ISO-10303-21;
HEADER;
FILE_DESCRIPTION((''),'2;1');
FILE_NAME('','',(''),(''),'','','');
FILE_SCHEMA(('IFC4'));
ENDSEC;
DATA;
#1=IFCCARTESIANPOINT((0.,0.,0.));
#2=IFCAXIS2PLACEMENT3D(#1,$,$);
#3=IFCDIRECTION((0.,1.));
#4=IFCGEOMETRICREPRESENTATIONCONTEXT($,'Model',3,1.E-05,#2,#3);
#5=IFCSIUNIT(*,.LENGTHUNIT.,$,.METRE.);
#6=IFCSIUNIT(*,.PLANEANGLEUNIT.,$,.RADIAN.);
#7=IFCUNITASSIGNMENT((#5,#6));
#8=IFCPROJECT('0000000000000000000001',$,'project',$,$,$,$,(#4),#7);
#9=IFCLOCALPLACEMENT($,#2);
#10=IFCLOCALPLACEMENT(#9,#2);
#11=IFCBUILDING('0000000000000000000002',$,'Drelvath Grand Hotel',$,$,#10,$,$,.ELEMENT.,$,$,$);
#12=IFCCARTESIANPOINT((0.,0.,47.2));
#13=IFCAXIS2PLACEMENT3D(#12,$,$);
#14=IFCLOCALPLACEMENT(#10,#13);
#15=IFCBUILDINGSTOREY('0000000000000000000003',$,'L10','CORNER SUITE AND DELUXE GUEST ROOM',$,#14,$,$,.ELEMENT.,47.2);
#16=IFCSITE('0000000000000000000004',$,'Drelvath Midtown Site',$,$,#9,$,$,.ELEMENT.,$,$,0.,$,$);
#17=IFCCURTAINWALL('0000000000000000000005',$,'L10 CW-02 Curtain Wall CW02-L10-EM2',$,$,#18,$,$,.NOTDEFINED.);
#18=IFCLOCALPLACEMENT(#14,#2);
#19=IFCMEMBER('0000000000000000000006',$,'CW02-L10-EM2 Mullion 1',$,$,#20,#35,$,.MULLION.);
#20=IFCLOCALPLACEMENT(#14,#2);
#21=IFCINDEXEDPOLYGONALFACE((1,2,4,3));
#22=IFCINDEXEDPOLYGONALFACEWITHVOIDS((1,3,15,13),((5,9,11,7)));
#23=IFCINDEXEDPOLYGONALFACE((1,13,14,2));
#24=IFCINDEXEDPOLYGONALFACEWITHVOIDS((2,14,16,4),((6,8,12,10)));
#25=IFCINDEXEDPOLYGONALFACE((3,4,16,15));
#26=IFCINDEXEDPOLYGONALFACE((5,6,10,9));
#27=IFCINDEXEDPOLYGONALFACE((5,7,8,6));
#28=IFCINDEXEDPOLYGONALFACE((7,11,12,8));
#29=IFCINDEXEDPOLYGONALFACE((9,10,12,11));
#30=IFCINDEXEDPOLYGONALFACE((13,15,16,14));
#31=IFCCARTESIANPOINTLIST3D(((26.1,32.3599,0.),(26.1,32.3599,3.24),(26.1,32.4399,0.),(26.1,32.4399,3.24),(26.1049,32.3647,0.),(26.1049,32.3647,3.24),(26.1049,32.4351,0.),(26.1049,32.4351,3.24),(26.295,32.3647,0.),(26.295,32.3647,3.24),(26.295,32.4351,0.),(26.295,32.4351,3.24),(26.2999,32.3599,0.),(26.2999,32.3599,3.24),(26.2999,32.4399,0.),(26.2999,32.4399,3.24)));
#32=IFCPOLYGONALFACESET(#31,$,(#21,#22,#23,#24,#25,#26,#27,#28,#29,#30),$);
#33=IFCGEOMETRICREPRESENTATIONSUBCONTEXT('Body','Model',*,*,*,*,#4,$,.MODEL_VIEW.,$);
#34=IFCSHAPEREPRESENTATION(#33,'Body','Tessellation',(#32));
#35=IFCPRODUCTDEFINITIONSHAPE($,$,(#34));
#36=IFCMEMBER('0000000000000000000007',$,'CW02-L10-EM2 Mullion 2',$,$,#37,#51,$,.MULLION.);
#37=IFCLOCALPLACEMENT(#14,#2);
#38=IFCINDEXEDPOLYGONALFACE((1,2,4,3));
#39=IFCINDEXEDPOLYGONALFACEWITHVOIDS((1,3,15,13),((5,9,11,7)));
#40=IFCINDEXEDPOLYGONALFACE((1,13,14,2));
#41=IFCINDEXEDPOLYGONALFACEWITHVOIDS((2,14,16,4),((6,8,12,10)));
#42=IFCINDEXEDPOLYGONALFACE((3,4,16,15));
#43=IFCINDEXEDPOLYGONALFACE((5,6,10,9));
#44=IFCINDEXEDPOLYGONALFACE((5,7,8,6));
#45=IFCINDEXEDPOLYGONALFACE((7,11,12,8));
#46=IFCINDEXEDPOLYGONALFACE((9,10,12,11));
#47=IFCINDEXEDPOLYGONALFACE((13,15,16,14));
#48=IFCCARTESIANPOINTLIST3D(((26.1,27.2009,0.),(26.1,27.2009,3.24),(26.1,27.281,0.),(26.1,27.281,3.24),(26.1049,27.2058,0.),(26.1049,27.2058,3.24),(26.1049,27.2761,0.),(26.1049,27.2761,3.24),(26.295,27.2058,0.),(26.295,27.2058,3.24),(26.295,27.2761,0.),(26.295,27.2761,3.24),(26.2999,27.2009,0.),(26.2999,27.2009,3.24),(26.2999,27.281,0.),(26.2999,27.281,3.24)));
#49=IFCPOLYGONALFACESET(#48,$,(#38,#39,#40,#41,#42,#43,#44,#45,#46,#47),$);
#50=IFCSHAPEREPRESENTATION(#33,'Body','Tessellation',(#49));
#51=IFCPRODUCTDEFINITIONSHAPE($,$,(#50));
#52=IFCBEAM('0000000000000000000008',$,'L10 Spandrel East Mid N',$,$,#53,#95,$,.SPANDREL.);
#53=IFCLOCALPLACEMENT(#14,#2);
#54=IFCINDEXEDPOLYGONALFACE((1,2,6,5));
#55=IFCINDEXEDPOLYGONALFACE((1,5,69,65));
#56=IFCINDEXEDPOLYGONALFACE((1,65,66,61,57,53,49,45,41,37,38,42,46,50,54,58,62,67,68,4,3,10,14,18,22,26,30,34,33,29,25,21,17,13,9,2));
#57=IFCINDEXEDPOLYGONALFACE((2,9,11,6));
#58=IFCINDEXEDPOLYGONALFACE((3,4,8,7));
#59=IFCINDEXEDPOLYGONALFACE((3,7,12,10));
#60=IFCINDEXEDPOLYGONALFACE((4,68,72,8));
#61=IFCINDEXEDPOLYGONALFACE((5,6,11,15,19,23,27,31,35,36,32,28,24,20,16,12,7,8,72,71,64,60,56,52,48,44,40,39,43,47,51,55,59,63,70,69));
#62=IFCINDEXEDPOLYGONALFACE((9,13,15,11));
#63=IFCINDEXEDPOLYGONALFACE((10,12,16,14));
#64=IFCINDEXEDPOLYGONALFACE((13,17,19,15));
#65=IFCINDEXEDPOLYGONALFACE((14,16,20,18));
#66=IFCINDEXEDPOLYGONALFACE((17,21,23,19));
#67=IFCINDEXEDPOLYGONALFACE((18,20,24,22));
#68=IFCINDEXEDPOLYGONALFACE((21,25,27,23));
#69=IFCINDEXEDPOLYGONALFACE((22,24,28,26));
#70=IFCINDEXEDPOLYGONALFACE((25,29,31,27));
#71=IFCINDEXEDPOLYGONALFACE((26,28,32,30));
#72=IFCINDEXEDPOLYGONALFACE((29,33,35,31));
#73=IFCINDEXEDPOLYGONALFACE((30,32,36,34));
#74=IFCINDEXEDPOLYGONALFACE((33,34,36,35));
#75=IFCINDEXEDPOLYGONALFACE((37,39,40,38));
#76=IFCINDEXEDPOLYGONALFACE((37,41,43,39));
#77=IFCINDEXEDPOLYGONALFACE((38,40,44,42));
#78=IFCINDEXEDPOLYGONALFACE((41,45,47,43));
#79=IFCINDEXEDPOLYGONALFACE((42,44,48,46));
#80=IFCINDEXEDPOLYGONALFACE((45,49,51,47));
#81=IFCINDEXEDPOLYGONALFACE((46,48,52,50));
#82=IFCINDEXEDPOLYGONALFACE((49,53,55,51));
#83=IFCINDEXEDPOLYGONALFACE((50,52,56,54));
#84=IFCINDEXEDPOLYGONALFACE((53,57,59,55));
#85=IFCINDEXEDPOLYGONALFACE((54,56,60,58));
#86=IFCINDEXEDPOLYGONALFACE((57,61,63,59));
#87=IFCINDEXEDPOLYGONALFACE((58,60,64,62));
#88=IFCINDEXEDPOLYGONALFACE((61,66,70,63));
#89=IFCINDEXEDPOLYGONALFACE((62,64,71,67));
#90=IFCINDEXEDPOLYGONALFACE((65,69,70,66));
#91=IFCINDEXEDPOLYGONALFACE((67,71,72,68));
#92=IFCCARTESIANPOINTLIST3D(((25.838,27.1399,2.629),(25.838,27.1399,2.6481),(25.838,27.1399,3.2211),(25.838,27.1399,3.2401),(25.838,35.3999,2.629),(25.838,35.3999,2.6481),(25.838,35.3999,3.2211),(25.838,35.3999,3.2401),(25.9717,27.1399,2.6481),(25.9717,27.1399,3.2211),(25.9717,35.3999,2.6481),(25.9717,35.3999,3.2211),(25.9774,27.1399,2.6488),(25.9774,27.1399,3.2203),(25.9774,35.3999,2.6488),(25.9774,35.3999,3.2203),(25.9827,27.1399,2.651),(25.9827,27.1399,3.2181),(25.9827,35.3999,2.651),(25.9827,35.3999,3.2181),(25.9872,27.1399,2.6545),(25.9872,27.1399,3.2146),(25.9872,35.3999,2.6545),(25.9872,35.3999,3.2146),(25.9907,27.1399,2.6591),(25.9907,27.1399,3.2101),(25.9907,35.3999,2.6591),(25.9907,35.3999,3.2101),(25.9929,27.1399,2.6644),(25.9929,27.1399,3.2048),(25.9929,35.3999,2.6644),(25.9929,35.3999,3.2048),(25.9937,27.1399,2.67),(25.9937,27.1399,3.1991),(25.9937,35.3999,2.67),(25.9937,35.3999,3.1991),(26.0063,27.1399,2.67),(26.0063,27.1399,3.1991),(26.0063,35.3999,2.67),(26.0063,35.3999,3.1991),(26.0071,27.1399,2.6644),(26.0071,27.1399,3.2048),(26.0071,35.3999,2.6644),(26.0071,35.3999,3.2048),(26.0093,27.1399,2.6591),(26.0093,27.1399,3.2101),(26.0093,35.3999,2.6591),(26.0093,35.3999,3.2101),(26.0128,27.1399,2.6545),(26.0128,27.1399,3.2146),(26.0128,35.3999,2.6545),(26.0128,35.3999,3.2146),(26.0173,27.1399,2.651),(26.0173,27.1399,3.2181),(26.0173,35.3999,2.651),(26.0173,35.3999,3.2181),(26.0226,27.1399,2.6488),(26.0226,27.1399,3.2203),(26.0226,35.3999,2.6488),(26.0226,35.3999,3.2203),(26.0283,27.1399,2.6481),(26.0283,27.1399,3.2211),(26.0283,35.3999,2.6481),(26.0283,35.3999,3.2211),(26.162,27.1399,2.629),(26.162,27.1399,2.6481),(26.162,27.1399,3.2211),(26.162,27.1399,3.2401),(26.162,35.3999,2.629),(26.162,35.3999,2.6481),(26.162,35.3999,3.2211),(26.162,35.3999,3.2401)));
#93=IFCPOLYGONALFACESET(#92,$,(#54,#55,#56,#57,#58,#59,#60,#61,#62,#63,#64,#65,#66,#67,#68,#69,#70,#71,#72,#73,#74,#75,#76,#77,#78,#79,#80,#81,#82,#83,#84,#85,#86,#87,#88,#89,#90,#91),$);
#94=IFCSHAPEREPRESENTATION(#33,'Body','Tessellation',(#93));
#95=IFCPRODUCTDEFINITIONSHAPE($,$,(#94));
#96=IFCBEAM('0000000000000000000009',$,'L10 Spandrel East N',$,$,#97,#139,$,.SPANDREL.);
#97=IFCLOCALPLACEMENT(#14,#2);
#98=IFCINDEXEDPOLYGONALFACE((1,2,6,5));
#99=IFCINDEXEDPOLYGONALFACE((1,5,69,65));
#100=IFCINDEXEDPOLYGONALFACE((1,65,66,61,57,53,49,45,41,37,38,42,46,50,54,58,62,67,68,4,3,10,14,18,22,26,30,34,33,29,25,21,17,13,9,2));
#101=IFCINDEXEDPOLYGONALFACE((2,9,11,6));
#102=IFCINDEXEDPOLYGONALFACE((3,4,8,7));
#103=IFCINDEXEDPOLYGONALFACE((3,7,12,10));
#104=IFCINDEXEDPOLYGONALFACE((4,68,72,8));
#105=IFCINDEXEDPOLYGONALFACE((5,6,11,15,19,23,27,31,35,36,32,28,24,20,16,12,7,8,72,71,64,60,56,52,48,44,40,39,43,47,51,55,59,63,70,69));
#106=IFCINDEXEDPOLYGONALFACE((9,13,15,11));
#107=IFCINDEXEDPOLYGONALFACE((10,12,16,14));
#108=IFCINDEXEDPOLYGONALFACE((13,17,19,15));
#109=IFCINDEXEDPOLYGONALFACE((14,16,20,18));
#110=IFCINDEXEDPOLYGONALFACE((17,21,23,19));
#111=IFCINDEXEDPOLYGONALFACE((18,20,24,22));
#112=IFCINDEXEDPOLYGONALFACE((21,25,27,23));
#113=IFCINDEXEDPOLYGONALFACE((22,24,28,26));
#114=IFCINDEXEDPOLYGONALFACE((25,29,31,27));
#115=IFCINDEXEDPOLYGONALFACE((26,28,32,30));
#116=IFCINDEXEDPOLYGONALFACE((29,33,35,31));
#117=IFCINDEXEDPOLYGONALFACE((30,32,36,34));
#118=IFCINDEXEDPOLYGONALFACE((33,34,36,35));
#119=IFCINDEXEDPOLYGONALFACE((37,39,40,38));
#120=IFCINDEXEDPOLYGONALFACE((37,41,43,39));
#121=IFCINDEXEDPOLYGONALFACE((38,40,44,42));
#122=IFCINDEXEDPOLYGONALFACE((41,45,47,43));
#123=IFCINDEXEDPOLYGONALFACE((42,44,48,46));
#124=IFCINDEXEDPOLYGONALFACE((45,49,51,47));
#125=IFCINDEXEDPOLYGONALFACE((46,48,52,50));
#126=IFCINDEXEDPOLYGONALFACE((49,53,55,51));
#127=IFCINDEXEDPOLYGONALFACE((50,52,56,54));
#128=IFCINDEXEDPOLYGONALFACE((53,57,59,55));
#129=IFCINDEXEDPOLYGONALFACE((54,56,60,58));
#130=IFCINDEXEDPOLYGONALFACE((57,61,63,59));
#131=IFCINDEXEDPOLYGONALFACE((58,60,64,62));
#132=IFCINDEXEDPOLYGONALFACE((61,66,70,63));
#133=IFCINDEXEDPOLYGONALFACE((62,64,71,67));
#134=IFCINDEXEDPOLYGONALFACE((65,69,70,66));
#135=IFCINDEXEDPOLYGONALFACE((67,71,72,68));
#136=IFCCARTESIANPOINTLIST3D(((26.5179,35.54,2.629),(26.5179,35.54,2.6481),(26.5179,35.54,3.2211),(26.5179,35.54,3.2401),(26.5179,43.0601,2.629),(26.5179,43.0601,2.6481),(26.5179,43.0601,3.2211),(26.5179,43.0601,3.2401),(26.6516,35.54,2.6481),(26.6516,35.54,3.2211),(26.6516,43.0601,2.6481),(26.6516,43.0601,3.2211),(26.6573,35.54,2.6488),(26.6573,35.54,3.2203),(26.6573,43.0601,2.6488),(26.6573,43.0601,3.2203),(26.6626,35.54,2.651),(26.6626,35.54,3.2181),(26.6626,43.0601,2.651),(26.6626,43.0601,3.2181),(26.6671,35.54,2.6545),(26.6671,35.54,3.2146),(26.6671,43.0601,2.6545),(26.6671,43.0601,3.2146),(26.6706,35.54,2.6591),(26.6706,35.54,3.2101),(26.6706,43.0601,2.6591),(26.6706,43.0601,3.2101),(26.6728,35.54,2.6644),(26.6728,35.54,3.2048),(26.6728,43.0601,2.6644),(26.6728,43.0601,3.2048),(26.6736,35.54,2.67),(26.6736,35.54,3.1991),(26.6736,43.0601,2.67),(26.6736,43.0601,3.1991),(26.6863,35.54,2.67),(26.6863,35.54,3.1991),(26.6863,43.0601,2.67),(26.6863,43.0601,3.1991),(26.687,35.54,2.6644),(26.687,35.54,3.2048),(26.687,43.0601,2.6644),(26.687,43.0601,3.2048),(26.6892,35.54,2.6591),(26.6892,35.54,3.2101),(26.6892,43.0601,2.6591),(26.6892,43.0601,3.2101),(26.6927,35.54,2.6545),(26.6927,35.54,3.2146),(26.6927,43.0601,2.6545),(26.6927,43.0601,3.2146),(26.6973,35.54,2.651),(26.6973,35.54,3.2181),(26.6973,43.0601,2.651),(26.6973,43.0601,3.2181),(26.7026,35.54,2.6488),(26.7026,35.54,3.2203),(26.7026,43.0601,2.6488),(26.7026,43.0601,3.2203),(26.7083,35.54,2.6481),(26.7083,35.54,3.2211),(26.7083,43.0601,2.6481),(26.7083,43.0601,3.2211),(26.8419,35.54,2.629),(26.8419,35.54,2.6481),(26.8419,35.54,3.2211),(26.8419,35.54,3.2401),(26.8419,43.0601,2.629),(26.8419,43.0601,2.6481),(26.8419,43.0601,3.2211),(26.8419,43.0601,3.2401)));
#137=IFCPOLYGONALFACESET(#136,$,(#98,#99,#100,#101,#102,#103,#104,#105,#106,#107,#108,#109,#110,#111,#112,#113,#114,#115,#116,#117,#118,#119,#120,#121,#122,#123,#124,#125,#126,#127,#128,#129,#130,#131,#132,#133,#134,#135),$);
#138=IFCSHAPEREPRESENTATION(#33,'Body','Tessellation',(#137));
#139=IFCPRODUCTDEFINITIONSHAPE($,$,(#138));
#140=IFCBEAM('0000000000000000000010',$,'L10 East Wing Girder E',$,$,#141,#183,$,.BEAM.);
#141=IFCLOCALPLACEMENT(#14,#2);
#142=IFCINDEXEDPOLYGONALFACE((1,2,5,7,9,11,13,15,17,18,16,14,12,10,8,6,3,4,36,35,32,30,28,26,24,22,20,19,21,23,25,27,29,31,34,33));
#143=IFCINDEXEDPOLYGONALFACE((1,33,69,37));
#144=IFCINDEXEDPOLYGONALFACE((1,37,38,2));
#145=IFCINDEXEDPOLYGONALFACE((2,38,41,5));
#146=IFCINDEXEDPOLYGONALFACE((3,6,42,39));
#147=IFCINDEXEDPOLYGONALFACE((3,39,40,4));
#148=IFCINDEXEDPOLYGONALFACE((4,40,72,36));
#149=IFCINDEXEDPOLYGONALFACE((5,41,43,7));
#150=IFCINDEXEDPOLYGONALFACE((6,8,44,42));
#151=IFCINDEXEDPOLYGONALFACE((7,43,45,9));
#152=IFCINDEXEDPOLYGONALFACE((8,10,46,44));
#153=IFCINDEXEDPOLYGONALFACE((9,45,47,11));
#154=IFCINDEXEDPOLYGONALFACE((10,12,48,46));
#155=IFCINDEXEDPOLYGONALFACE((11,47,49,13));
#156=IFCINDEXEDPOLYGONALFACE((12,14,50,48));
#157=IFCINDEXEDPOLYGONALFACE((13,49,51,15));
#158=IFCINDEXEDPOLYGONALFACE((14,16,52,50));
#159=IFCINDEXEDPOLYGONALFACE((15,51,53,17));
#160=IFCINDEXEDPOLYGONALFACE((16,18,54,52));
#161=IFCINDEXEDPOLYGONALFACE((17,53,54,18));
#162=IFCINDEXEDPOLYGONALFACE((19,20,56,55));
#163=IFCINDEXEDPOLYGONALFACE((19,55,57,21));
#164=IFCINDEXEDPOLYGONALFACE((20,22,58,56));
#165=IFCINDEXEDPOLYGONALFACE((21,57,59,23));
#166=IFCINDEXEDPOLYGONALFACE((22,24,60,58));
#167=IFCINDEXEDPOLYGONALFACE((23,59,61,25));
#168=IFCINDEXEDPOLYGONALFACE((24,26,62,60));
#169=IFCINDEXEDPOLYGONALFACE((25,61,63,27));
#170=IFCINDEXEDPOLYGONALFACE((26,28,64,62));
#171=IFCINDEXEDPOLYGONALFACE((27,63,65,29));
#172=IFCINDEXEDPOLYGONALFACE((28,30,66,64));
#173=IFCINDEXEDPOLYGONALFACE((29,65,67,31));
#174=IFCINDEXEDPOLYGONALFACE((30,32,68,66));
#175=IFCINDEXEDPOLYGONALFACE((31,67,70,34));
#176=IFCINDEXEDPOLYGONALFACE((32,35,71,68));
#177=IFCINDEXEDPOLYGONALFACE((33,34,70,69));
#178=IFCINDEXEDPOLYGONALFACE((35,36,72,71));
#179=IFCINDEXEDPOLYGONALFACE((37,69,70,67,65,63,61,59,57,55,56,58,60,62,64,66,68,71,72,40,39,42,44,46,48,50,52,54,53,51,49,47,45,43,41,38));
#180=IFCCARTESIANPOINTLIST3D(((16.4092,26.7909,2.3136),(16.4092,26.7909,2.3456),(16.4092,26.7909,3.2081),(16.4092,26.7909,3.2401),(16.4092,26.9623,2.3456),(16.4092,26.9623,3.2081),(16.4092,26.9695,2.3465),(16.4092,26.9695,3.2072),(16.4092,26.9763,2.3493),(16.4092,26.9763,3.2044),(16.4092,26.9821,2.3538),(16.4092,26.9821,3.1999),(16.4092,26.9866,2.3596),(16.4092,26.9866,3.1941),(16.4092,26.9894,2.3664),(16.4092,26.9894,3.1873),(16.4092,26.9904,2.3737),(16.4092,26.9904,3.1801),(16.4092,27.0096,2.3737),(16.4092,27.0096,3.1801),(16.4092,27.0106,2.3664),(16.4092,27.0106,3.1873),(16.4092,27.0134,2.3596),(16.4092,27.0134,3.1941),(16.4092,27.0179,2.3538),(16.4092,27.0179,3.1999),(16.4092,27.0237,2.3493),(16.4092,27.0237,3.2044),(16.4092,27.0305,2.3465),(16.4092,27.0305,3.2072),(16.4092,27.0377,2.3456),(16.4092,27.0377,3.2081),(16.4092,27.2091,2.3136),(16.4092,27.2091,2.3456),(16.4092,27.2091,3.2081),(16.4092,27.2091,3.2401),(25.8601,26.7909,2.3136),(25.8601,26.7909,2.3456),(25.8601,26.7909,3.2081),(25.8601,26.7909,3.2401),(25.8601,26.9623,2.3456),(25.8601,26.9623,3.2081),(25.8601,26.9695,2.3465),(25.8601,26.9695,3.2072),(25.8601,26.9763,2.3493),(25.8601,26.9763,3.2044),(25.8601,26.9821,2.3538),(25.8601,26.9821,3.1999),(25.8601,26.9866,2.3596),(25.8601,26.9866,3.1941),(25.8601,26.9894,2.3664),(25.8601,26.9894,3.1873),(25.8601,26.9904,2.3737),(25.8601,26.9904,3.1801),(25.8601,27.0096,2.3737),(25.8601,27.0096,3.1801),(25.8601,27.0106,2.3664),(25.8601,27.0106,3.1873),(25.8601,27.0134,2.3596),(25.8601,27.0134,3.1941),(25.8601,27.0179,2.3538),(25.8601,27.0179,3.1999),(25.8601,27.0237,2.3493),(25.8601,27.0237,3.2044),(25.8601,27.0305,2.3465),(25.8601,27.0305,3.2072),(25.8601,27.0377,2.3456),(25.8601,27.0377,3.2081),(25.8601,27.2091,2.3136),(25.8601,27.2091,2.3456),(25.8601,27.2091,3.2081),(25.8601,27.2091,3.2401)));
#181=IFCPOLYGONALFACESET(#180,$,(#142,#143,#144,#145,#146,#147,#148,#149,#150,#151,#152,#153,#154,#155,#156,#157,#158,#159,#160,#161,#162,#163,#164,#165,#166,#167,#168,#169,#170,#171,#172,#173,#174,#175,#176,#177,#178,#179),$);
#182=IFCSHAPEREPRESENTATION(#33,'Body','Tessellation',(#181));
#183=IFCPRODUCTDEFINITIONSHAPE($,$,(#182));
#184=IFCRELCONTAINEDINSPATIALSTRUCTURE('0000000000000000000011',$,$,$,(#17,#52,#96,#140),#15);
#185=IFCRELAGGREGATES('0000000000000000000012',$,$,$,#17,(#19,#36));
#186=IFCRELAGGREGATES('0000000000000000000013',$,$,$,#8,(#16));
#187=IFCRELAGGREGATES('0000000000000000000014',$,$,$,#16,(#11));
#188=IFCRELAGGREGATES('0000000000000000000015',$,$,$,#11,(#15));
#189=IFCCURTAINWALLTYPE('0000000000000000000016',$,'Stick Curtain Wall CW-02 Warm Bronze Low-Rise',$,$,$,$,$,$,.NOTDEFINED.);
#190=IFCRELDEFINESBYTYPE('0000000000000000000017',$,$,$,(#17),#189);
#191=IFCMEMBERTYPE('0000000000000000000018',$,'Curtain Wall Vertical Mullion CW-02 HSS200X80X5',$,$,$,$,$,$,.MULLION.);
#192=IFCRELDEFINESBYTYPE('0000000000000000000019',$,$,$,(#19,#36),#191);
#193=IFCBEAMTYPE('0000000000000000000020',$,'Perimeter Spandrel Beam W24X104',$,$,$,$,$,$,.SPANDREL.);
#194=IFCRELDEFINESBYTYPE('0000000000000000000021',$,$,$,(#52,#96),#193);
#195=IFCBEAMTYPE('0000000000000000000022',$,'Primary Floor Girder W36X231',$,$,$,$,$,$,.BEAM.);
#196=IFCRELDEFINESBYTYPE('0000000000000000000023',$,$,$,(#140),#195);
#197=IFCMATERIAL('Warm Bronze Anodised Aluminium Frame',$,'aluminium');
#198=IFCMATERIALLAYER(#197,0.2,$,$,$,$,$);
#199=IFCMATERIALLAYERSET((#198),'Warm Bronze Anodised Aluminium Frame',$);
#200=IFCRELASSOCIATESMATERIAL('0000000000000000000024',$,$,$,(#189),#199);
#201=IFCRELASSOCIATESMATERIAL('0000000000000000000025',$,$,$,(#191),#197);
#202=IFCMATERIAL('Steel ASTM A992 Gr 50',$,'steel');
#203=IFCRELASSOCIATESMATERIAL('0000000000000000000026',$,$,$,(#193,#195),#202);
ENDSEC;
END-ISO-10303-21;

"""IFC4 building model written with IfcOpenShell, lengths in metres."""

from ifc_helpers import new_model, si_unit, direction, frame, origin, origin_2d, place, context, subcontext, project, spatial, hollow_rectangle, i_section, extrude, material, layer, layer_set, material_profile, profile_set, type_object, element, aggregate, save


model = new_model("IFC4")

# Units and contexts
model_context = context("Model", 3, precision=1e-05, world=origin(), true_north=direction((0.0, 1.0)))
body_context = subcontext(model_context, "Body", "Model", "MODEL_VIEW")
ifc_project = project(units=[si_unit("LENGTHUNIT", "METRE"), si_unit("PLANEANGLEUNIT", "RADIAN")], contexts=[model_context])

# Site, building, storey
site_placement = place(None, origin())
site = spatial("IfcSite", under=ifc_project, at=site_placement, Name="Drelvath Midtown Site", CompositionType="ELEMENT", RefElevation=0.0)
building_placement = place(site_placement, origin())
building = spatial("IfcBuilding", under=site, at=building_placement, Name="Drelvath Grand Hotel", CompositionType="ELEMENT")
storey_placement = place(building_placement, frame((0.0, 0.0, 47.2)))
storey = spatial("IfcBuildingStorey", under=building, at=storey_placement, Name="L10", Description="CORNER SUITE AND DELUXE GUEST ROOM", CompositionType="ELEMENT", Elevation=47.2)

# Curtain wall
ifc_material_1 = material(Name="Warm Bronze Anodised Aluminium Frame", Category="aluminium")
ifc_layer_1 = layer(ifc_material_1, 0.2)
ifc_layer_set_1 = layer_set([ifc_layer_1], Name="Warm Bronze Anodised Aluminium Frame")
curtain_wall_type = type_object("IfcCurtainWallType", Name="Stick Curtain Wall CW-02 Warm Bronze Low-Rise", PredefinedType="NOTDEFINED", material=ifc_layer_set_1)
curtain_wall_1_placement = place(storey_placement, origin())
curtain_wall_1 = element("IfcCurtainWall", 1, at=curtain_wall_1_placement, inside=storey, type_object=curtain_wall_type, Name="L10 CW-02 Curtain Wall CW02-L10-EM2", PredefinedType="NOTDEFINED")

# Shared definitions
ifc_material_profile_1 = material_profile(ifc_material_1, hollow_rectangle(XDim=0.0801, YDim=0.2, WallThickness=0.0049, at=origin_2d()), Name="HSS200X80X5")
ifc_profile_set_1 = profile_set([ifc_material_profile_1], Name="Warm Bronze Anodised Aluminium Frame")
member_type_1 = type_object("IfcMemberType", Name="Curtain Wall Vertical Mullion CW-02 HSS200X80X5", PredefinedType="MULLION", material=ifc_profile_set_1)

# Members
member_1_placement = place(storey_placement, frame((26.2, 32.3999, 0.0), z_axis=(0.0, 0.0, 1.0), x_axis=(0.0, 1.0, 0.0)))
member_1 = element("IfcMember", 2, at=member_1_placement, type_object=member_type_1, Name="CW02-L10-EM2 Mullion 1", PredefinedType="MULLION", context=body_context, shape_type="SweptSolid", body=[
    extrude(hollow_rectangle(XDim=0.0801, YDim=0.2, WallThickness=0.0049, at=origin_2d()), origin(), (0.0, 0.0, 1.0), 3.24),
])
member_2_placement = place(storey_placement, frame((26.2, 27.241, 0.0), z_axis=(0.0, 0.0, 1.0), x_axis=(0.0, 1.0, 0.0)))
member_2 = element("IfcMember", 3, at=member_2_placement, type_object=member_type_1, Name="CW02-L10-EM2 Mullion 2", PredefinedType="MULLION", context=body_context, shape_type="SweptSolid", body=[
    extrude(hollow_rectangle(XDim=0.0801, YDim=0.2, WallThickness=0.0049, at=origin_2d()), origin(), (0.0, 0.0, 1.0), 3.24),
])

# Beams
ifc_material_2 = material(Name="Steel ASTM A992 Gr 50", Category="steel")
ifc_material_profile_2 = material_profile(ifc_material_2, i_section(OverallWidth=0.324, OverallDepth=0.6111, WebThickness=0.0127, FlangeThickness=0.019, FilletRadius=0.022, at=origin_2d()), Name="W24X104")
ifc_profile_set_2 = profile_set([ifc_material_profile_2], Name="Steel ASTM A992 Gr 50")
beam_type_1 = type_object("IfcBeamType", Name="Perimeter Spandrel Beam W24X104", PredefinedType="SPANDREL", material=ifc_profile_set_2)
beam_1_placement = place(storey_placement, frame((26.0, 27.1399, 2.9346), z_axis=(0.0, 1.0, 0.0), x_axis=(-1.0, 0.0, 0.0)))
element("IfcBeam", 4, at=beam_1_placement, inside=storey, type_object=beam_type_1, Name="L10 Spandrel East Mid N", PredefinedType="SPANDREL", context=body_context, shape_type="SweptSolid", body=[
    extrude(i_section(OverallWidth=0.324, OverallDepth=0.6111, WebThickness=0.0127, FlangeThickness=0.019, FilletRadius=0.022, at=origin_2d()), origin(), (0.0, 0.0, 1.0), 8.26),
])
beam_2_placement = place(storey_placement, frame((26.6799, 35.54, 2.9346), z_axis=(0.0, 1.0, 0.0), x_axis=(-1.0, 0.0, 0.0)))
element("IfcBeam", 5, at=beam_2_placement, inside=storey, type_object=beam_type_1, Name="L10 Spandrel East N", PredefinedType="SPANDREL", context=body_context, shape_type="SweptSolid", body=[
    extrude(i_section(OverallWidth=0.324, OverallDepth=0.6111, WebThickness=0.0127, FlangeThickness=0.019, FilletRadius=0.022, at=origin_2d()), origin(), (0.0, 0.0, 1.0), 7.52),
])
ifc_material_profile_3 = material_profile(ifc_material_2, i_section(OverallWidth=0.4182, OverallDepth=0.9265, WebThickness=0.0193, FlangeThickness=0.032, FilletRadius=0.0281, at=origin_2d()), Name="W36X231")
ifc_profile_set_3 = profile_set([ifc_material_profile_3], Name="Steel ASTM A992 Gr 50")
beam_type_2 = type_object("IfcBeamType", Name="Primary Floor Girder W36X231", PredefinedType="BEAM", material=ifc_profile_set_3)
beam_3_placement = place(storey_placement, frame((16.4092, 27.0, 2.7769), z_axis=(1.0, 0.0, 0.0), x_axis=(0.0, 1.0, 0.0)))
element("IfcBeam", 6, at=beam_3_placement, inside=storey, type_object=beam_type_2, Name="L10 East Wing Girder E", PredefinedType="BEAM", context=body_context, shape_type="SweptSolid", body=[
    extrude(i_section(OverallWidth=0.4182, OverallDepth=0.9265, WebThickness=0.0193, FlangeThickness=0.032, FilletRadius=0.0281, at=origin_2d()), origin(), (0.0, 0.0, 1.0), 9.4509),
])

aggregate(curtain_wall_1, [member_1, member_2])

save(model, "model.ifc")
